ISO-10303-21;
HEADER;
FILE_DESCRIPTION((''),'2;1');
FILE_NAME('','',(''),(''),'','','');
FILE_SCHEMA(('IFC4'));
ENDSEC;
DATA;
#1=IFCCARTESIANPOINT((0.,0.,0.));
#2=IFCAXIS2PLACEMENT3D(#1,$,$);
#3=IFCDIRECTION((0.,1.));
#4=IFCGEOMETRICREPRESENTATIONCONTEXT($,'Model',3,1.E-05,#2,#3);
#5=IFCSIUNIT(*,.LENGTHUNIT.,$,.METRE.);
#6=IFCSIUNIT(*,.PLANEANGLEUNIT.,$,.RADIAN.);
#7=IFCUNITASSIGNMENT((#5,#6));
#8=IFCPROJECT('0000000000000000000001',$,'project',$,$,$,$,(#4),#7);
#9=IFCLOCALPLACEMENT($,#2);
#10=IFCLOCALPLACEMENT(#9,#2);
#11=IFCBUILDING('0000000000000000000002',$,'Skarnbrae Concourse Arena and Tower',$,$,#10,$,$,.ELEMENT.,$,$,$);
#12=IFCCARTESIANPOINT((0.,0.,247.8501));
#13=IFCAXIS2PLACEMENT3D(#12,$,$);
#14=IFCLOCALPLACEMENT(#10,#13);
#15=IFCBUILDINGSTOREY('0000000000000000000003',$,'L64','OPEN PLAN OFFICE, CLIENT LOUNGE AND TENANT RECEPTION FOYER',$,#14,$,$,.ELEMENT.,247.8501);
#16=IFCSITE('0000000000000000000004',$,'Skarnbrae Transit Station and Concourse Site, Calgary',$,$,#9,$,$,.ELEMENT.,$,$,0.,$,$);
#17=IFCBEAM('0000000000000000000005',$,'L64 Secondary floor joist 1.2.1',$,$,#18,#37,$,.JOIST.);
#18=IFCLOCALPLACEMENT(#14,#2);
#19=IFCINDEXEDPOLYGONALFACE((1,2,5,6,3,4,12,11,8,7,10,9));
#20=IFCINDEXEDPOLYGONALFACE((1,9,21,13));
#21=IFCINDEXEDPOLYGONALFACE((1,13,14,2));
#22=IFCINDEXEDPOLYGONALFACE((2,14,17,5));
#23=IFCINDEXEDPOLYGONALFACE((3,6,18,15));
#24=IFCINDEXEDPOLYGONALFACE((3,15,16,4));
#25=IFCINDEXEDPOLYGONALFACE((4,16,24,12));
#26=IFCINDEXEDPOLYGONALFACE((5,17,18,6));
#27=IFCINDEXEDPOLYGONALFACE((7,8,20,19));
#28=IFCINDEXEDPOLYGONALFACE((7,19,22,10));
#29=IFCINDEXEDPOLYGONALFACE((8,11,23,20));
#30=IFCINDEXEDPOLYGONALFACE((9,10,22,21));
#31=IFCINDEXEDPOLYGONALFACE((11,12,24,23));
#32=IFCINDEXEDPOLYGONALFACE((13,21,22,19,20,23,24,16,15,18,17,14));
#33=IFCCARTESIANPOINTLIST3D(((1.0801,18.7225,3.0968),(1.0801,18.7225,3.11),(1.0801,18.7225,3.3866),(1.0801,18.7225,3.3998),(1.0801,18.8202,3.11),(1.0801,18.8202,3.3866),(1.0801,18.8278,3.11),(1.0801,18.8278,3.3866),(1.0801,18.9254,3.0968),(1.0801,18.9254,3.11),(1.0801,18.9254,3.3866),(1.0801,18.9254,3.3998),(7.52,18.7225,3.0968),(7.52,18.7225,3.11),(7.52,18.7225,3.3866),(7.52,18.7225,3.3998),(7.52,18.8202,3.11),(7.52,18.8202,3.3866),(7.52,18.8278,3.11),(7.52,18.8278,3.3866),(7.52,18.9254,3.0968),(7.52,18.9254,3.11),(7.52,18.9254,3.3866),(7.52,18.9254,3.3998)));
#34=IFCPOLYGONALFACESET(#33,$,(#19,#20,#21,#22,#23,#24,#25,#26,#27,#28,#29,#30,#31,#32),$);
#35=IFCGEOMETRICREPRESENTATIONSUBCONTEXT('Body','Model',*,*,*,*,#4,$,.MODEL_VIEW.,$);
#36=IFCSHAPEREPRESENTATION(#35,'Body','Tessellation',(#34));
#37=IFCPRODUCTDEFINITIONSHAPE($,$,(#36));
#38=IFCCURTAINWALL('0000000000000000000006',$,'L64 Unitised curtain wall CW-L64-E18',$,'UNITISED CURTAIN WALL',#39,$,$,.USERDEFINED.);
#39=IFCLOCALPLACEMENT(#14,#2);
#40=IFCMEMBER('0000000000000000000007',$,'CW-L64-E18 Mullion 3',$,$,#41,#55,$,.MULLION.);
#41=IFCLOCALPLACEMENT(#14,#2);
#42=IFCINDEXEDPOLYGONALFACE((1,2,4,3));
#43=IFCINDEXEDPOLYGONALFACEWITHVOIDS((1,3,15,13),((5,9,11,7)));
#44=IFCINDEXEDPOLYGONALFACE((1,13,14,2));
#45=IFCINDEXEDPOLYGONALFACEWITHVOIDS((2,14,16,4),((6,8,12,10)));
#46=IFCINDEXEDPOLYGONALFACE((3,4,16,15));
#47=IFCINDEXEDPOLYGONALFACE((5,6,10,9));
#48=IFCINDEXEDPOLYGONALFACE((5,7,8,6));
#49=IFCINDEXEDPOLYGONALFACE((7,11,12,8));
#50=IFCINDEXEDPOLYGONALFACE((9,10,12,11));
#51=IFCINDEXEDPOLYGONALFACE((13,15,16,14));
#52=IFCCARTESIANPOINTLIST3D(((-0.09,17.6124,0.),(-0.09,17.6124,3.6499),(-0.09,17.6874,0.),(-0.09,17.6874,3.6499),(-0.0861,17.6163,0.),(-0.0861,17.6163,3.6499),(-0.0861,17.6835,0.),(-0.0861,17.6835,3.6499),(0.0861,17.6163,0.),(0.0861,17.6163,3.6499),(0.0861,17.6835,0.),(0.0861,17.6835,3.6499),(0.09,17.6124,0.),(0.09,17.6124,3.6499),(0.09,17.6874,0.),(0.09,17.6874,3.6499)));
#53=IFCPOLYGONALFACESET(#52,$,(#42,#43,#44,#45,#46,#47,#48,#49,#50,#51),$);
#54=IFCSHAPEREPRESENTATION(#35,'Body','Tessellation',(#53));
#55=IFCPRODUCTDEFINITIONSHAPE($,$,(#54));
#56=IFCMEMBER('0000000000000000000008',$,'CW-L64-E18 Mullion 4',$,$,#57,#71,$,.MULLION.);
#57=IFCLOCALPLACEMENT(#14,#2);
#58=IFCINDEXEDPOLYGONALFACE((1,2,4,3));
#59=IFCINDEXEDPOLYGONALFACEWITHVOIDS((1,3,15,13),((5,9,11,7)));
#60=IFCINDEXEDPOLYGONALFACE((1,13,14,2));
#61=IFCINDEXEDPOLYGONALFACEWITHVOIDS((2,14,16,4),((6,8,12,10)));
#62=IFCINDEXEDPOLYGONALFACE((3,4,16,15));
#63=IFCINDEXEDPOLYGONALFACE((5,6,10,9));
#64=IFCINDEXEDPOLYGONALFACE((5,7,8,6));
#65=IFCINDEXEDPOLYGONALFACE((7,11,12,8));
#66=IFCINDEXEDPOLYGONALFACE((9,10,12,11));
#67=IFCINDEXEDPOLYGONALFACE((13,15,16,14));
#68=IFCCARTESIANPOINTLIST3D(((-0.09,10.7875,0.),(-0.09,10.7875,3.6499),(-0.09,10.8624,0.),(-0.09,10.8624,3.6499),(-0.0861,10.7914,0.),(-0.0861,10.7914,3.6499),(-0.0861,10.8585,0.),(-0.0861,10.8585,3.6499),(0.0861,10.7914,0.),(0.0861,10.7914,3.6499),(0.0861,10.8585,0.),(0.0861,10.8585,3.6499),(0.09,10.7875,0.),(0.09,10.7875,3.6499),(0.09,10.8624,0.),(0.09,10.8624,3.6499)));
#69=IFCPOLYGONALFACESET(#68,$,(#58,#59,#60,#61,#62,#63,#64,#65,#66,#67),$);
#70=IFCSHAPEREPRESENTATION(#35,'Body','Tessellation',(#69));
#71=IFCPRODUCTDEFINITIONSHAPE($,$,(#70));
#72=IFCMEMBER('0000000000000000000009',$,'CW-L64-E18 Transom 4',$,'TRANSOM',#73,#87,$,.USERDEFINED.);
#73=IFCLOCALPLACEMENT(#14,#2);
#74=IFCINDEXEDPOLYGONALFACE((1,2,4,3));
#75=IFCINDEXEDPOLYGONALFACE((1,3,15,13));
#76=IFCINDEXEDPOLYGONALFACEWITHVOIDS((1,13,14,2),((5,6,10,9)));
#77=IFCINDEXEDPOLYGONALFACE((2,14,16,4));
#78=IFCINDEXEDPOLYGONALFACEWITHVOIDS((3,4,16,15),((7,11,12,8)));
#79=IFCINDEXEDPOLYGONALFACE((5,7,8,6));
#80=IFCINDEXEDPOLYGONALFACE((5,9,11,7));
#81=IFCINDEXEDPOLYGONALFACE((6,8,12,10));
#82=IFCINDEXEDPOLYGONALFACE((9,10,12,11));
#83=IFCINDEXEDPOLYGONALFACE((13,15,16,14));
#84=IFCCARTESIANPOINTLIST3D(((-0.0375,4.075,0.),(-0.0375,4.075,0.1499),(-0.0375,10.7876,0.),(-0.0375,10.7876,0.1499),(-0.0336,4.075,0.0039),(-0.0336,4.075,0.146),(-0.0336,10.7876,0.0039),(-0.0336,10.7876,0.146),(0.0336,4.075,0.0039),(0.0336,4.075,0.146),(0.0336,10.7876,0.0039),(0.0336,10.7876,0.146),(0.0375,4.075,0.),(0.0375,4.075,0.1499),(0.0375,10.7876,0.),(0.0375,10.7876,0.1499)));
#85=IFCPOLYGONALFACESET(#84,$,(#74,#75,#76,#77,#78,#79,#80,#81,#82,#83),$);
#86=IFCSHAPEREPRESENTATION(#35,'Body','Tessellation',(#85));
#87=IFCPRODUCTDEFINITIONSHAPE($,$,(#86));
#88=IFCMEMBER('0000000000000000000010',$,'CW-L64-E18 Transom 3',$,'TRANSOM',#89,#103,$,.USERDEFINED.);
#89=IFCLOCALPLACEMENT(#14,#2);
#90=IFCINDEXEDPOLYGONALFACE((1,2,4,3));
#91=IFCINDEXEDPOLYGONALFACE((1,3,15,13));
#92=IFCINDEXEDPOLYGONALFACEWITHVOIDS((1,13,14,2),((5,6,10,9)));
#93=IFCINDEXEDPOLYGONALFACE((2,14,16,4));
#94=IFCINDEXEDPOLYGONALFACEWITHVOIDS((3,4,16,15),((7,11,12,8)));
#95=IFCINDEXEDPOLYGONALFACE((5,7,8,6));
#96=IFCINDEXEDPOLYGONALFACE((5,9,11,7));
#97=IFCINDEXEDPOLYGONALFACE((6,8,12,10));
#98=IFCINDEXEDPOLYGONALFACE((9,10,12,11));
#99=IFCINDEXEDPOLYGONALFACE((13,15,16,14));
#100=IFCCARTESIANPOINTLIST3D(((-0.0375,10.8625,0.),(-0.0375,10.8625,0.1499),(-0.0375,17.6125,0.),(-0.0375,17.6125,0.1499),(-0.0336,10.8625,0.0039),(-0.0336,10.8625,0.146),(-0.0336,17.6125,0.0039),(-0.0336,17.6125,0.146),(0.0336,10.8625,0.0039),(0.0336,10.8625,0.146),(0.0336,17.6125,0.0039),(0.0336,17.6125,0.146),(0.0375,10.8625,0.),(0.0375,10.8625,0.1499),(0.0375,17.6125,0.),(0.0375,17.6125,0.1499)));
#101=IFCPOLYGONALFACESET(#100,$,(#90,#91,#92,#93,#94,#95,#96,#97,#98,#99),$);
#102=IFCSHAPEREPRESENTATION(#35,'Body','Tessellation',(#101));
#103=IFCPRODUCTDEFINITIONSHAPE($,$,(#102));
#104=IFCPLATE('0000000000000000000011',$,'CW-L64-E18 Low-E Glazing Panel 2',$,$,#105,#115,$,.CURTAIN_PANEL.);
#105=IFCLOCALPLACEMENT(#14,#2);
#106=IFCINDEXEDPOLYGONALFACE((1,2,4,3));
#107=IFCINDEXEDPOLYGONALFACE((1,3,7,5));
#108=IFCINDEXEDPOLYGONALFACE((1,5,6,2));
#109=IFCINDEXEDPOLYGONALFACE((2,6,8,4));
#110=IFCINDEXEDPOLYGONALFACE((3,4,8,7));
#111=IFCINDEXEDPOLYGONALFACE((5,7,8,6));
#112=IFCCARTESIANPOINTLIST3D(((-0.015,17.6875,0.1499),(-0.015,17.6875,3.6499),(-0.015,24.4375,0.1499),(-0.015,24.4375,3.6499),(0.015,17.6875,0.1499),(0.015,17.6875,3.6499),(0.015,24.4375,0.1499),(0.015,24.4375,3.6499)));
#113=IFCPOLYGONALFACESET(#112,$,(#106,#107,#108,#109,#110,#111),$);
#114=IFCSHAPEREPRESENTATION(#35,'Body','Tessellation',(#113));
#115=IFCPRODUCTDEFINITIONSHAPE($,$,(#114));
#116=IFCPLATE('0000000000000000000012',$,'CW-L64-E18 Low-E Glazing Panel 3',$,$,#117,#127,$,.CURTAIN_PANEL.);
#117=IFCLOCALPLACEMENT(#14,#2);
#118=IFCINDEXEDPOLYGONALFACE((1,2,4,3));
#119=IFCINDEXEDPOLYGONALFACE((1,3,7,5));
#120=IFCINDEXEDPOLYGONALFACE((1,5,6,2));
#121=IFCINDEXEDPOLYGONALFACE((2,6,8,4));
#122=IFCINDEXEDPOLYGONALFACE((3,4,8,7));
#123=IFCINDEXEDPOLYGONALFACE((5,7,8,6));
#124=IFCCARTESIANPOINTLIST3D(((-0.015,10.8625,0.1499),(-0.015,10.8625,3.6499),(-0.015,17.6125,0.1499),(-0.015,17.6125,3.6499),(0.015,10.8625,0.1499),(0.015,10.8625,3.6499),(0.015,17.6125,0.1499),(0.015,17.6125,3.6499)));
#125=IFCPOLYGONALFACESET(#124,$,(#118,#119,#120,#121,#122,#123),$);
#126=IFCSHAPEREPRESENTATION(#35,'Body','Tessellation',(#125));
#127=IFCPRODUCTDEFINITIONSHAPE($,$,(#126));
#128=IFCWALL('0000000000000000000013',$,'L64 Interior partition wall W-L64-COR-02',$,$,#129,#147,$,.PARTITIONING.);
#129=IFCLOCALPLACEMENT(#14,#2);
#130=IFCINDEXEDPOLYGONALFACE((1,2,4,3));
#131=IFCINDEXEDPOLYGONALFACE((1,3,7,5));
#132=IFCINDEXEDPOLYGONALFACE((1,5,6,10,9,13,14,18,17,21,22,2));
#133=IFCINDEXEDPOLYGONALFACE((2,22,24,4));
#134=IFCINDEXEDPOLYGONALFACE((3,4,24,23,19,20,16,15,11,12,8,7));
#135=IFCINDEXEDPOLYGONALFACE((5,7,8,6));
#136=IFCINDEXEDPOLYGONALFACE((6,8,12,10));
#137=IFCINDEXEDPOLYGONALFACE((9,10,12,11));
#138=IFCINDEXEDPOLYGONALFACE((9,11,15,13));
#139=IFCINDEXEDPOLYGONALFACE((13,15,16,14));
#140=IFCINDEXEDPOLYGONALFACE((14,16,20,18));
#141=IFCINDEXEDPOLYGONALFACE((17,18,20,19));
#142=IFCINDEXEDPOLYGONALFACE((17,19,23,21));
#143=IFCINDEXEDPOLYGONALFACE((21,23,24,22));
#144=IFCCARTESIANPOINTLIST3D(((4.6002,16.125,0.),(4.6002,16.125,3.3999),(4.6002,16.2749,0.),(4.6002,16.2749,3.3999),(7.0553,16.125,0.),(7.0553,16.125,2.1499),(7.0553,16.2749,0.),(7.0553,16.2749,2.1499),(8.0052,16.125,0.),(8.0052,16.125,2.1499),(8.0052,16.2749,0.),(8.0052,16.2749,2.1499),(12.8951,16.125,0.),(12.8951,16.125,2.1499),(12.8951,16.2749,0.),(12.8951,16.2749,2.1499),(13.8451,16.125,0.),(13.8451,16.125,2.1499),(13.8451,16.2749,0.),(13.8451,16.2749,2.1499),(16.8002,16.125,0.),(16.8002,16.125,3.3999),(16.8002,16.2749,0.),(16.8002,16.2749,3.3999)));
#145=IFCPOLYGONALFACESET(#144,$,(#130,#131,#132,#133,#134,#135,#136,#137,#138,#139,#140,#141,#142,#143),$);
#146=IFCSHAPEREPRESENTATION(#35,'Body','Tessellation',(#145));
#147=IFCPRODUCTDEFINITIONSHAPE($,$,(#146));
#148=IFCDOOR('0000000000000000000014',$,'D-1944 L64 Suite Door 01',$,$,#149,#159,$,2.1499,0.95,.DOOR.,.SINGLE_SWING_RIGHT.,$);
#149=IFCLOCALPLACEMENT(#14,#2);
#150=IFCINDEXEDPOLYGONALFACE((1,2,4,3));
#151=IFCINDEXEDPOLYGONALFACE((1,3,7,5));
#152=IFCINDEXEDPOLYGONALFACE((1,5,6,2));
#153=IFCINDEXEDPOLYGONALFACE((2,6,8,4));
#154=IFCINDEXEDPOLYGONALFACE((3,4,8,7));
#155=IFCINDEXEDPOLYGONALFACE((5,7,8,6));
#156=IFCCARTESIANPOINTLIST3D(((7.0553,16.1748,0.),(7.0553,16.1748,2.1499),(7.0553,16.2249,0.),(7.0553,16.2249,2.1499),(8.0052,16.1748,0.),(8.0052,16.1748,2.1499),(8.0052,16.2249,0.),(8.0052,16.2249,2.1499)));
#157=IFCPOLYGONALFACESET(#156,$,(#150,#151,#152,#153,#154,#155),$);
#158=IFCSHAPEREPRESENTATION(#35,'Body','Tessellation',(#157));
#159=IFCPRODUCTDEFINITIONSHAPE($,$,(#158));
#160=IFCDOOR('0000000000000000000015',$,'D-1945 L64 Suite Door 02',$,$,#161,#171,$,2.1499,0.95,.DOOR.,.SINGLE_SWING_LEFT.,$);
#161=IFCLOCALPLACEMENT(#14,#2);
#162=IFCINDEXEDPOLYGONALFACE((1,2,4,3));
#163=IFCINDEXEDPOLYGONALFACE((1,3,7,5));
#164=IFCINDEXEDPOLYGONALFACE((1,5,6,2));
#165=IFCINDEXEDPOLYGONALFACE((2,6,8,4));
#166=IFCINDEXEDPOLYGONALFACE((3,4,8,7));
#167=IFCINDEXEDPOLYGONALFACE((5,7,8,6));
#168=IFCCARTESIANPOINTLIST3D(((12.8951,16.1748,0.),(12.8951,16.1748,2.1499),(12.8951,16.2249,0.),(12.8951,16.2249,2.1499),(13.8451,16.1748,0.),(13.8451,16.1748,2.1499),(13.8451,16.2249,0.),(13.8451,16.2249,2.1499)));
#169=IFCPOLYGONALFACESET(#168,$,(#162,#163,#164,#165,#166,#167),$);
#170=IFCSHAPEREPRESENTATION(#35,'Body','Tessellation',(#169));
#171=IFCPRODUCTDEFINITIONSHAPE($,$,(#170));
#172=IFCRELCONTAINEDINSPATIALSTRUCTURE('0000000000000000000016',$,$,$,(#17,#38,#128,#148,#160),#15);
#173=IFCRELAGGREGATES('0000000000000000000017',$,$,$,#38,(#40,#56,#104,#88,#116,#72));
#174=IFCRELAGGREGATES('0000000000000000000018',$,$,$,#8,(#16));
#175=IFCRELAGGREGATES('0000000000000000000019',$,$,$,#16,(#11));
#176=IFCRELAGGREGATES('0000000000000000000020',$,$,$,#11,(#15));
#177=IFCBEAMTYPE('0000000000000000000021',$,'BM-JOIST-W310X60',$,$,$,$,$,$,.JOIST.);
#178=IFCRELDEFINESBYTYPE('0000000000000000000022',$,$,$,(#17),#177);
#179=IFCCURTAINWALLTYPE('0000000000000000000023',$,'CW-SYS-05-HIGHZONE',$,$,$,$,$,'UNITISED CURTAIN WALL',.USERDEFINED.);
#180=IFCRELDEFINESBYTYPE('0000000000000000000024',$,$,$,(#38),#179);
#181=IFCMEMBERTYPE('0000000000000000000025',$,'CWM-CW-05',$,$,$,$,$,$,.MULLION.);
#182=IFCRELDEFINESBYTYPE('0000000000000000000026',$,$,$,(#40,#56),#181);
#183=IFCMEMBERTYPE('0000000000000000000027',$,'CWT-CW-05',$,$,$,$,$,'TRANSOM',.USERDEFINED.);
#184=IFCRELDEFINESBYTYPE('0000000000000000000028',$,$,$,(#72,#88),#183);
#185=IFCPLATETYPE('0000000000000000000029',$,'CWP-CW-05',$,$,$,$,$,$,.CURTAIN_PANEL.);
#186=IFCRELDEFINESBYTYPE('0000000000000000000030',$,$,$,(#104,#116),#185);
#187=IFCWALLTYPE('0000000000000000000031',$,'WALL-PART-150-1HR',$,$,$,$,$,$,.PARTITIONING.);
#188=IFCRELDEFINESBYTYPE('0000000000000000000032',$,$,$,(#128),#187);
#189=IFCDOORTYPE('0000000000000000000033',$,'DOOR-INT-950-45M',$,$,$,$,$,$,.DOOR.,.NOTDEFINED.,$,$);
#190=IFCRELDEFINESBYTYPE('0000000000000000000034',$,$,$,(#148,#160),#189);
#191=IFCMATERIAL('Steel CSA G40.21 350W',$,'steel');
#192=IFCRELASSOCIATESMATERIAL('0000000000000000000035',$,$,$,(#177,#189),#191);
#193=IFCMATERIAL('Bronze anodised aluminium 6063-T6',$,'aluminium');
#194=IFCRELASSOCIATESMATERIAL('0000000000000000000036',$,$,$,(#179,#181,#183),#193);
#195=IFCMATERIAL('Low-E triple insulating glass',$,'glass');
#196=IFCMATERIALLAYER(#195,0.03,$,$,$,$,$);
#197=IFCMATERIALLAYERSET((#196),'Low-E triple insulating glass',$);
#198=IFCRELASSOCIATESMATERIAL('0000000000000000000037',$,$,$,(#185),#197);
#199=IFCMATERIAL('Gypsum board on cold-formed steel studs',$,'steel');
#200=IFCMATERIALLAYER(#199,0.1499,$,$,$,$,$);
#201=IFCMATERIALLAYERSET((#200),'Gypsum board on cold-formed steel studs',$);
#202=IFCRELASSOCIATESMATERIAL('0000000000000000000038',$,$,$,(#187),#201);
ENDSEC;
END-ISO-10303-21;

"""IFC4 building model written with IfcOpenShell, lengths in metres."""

from ifc_helpers import new_model, si_unit, direction, frame, frame_2d, origin, origin_2d, place, context, subcontext, project, spatial, rectangle, hollow_rectangle, i_section, extrude, source, transform, mapped, material, layer, layer_set, material_profile, profile_set, type_object, element, fill, aggregate, save


model = new_model("IFC4")

# Units and contexts
model_context = context("Model", 3, precision=1e-05, world=origin(), true_north=direction((0.0, 1.0)))
body_context = subcontext(model_context, "Body", "Model", "MODEL_VIEW")
ifc_project = project(units=[si_unit("LENGTHUNIT", "METRE"), si_unit("PLANEANGLEUNIT", "RADIAN")], contexts=[model_context])

# Site, building, storey
site_placement = place(None, origin())
site = spatial("IfcSite", under=ifc_project, at=site_placement, Name="Skarnbrae Transit Station and Concourse Site, Calgary", CompositionType="ELEMENT", RefElevation=0.0)
building_placement = place(site_placement, origin())
building = spatial("IfcBuilding", under=site, at=building_placement, Name="Skarnbrae Concourse Arena and Tower", CompositionType="ELEMENT")
storey_placement = place(building_placement, frame((0.0, 0.0, 247.8501)))
storey = spatial("IfcBuildingStorey", under=building, at=storey_placement, Name="L64", Description="OPEN PLAN OFFICE, CLIENT LOUNGE AND TENANT RECEPTION FOYER", CompositionType="ELEMENT", Elevation=247.8501)

# Shared definitions
ifc_material_1 = material(Name="Steel CSA G40.21 350W", Category="steel")

# Beam
ifc_material_profile_1 = material_profile(ifc_material_1, i_section(OverallWidth=0.2029, OverallDepth=0.303, WebThickness=0.0076, FlangeThickness=0.0132, at=origin_2d()), Name="W310X60")
ifc_profile_set_1 = profile_set([ifc_material_profile_1], Name="Steel CSA G40.21 350W")
beam_type_1 = type_object("IfcBeamType", Name="BM-JOIST-W310X60", PredefinedType="JOIST", material=ifc_profile_set_1)
shared_shape_1 = source(origin(), body_context, "Body", "SweptSolid", [
    extrude(i_section(OverallWidth=0.2029, OverallDepth=0.303, WebThickness=0.0076, FlangeThickness=0.0132, at=origin_2d()), origin(), (0.0, 0.0, 1.0), 6.4399),
])
for number, where, z_axis, x_axis, name in (
    (1, (1.0801, 18.824, 3.2483), (1.0, 0.0, 0.0), (0.0, 1.0, 0.0), "L64 Secondary floor joist 1.2.1"),
):
    element("IfcBeam", number, at=place(storey_placement, frame(where, z_axis=z_axis, x_axis=x_axis)), inside=storey, type_object=beam_type_1, Name=name, PredefinedType="JOIST", context=body_context, shape_type="MappedRepresentation", body=[
        mapped(shared_shape_1, transform((0.0, 0.0, 0.0))),
    ])

# Curtain wall, members, plates
ifc_material_2 = material(Name="Bronze anodised aluminium 6063-T6", Category="aluminium")
curtain_wall_type = type_object("IfcCurtainWallType", Name="CW-SYS-05-HIGHZONE", ElementType="UNITISED CURTAIN WALL", PredefinedType="USERDEFINED", material=ifc_material_2)
curtain_wall_placement = place(storey_placement, origin())
curtain_wall = element("IfcCurtainWall", 2, at=curtain_wall_placement, inside=storey, type_object=curtain_wall_type, Name="L64 Unitised curtain wall CW-L64-E18", ObjectType="UNITISED CURTAIN WALL", PredefinedType="USERDEFINED")
ifc_material_profile_2 = material_profile(ifc_material_2, hollow_rectangle(XDim=0.075, YDim=0.1799, WallThickness=0.0039, at=origin_2d()), Name="ALU-MULL-75X180")
ifc_profile_set_2 = profile_set([ifc_material_profile_2], Name="Bronze anodised aluminium 6063-T6")
member_type_1 = type_object("IfcMemberType", Name="CWM-CW-05", PredefinedType="MULLION", material=ifc_profile_set_2)
shared_shape_2 = source(origin(), body_context, "Body", "SweptSolid", [
    extrude(hollow_rectangle(XDim=0.075, YDim=0.1799, WallThickness=0.0039, at=origin_2d()), origin(), (0.0, 0.0, 1.0), 3.6499),
])
member_1_placement = place(storey_placement, frame((0.0, 17.6499, 0.0), z_axis=(0.0, 0.0, 1.0), x_axis=(0.0, -1.0, 0.0)))
member_1 = element("IfcMember", 3, at=member_1_placement, type_object=member_type_1, Name="CW-L64-E18 Mullion 3", PredefinedType="MULLION", context=body_context, shape_type="MappedRepresentation", body=[
    mapped(shared_shape_2, transform((0.0, 0.0, 0.0))),
])
member_2_placement = place(storey_placement, frame((0.0, 10.825, 0.0), z_axis=(0.0, 0.0, 1.0), x_axis=(0.0, -1.0, 0.0)))
member_2 = element("IfcMember", 4, at=member_2_placement, type_object=member_type_1, Name="CW-L64-E18 Mullion 4", PredefinedType="MULLION", context=body_context, shape_type="MappedRepresentation", body=[
    mapped(shared_shape_2, transform((0.0, 0.0, 0.0))),
])
ifc_material_profile_3 = material_profile(ifc_material_2, hollow_rectangle(XDim=0.075, YDim=0.1499, WallThickness=0.0039, at=origin_2d()), Name="ALU-TRAN-75X150")
ifc_profile_set_3 = profile_set([ifc_material_profile_3], Name="Bronze anodised aluminium 6063-T6")
member_type_2 = type_object("IfcMemberType", Name="CWT-CW-05", ElementType="TRANSOM", PredefinedType="USERDEFINED", material=ifc_profile_set_3)
shared_shape_3 = source(origin(), body_context, "Body", "SweptSolid", [
    extrude(hollow_rectangle(XDim=0.075, YDim=0.1499, WallThickness=0.0039, at=origin_2d()), origin(), (0.0, 0.0, 1.0), 6.7126),
])
member_3_placement = place(storey_placement, frame((0.0, 10.7876, 0.075), z_axis=(0.0, -1.0, 0.0), x_axis=(1.0, 0.0, 0.0)))
member_3 = element("IfcMember", 5, at=member_3_placement, type_object=member_type_2, Name="CW-L64-E18 Transom 4", ObjectType="TRANSOM", PredefinedType="USERDEFINED", context=body_context, shape_type="MappedRepresentation", body=[
    mapped(shared_shape_3, transform((0.0, 0.0, 0.0))),
])
shared_shape_4 = source(origin(), body_context, "Body", "SweptSolid", [
    extrude(hollow_rectangle(XDim=0.075, YDim=0.1499, WallThickness=0.0039, at=origin_2d()), origin(), (0.0, 0.0, 1.0), 6.75),
])
member_4_placement = place(storey_placement, frame((0.0, 17.6125, 0.075), z_axis=(0.0, -1.0, 0.0), x_axis=(1.0, 0.0, 0.0)))
member_4 = element("IfcMember", 6, at=member_4_placement, type_object=member_type_2, Name="CW-L64-E18 Transom 3", ObjectType="TRANSOM", PredefinedType="USERDEFINED", context=body_context, shape_type="MappedRepresentation", body=[
    mapped(shared_shape_4, transform((0.0, 0.0, 0.0))),
])
ifc_material_3 = material(Name="Low-E triple insulating glass", Category="glass")
ifc_layer_1 = layer(ifc_material_3, 0.03)
ifc_layer_set_1 = layer_set([ifc_layer_1], Name="Low-E triple insulating glass")
plate_type = type_object("IfcPlateType", Name="CWP-CW-05", PredefinedType="CURTAIN_PANEL", material=ifc_layer_set_1)
shared_shape_5 = source(origin(), body_context, "Body", "SweptSolid", [
    extrude(rectangle(XDim=6.75, YDim=0.03, at=origin_2d()), origin(), (0.0, 0.0, 1.0), 3.5),
])
plate_1_placement = place(storey_placement, frame((0.0, 21.0625, 0.1499), z_axis=(0.0, 0.0, 1.0), x_axis=(0.0, -1.0, 0.0)))
plate_1 = element("IfcPlate", 7, at=plate_1_placement, type_object=plate_type, Name="CW-L64-E18 Low-E Glazing Panel 2", PredefinedType="CURTAIN_PANEL", context=body_context, shape_type="MappedRepresentation", body=[
    mapped(shared_shape_5, transform((0.0, 0.0, 0.0))),
])
plate_2_placement = place(storey_placement, frame((0.0, 14.2375, 0.1499), z_axis=(0.0, 0.0, 1.0), x_axis=(0.0, -1.0, 0.0)))
plate_2 = element("IfcPlate", 8, at=plate_2_placement, type_object=plate_type, Name="CW-L64-E18 Low-E Glazing Panel 3", PredefinedType="CURTAIN_PANEL", context=body_context, shape_type="MappedRepresentation", body=[
    mapped(shared_shape_5, transform((0.0, 0.0, 0.0))),
])
aggregate(curtain_wall, [member_1, member_2, plate_1, member_4, plate_2, member_3])

# Wall, openings, doors
ifc_material_4 = material(Name="Gypsum board on cold-formed steel studs", Category="steel")
ifc_layer_2 = layer(ifc_material_4, 0.1499)
ifc_layer_set_2 = layer_set([ifc_layer_2], Name="Gypsum board on cold-formed steel studs")
wall_type_1 = type_object("IfcWallType", Name="WALL-PART-150-1HR", PredefinedType="PARTITIONING", material=ifc_layer_set_2)
shared_shape_6 = source(origin(), body_context, "Body", "SweptSolid", [
    extrude(rectangle(XDim=12.2, YDim=0.1499, at=frame_2d((6.1001, 0.0))), origin(), (0.0, 0.0, 1.0), 3.3999),
])
wall_1_placement = place(storey_placement, frame((4.6001, 16.2, 0.0), z_axis=(0.0, 0.0, 1.0), x_axis=(1.0, 0.0, 0.0)))
wall_1 = element("IfcWall", 9, at=wall_1_placement, inside=storey, type_object=wall_type_1, Name="L64 Interior partition wall W-L64-COR-02", PredefinedType="PARTITIONING", context=body_context, shape_type="MappedRepresentation", body=[
    mapped(shared_shape_6, transform((0.0, 0.0, 0.0))),
])
opening_1_placement = place(wall_1_placement, frame((2.4551, 0.0, 0.0)))
opening_1 = element("IfcOpeningElement", 10, at=opening_1_placement, cuts=wall_1, PredefinedType="OPENING", context=body_context, shape_type="SweptSolid", body=[
    extrude(rectangle(XDim=0.95, YDim=2.1499, at=frame_2d((0.4751, 1.075))), frame((0.0, 0.085, 0.0), z_axis=(0.0, -1.0, 0.0), x_axis=(1.0, 0.0, 0.0)), (0.0, 0.0, 1.0), 0.1699),
])
opening_2_placement = place(wall_1_placement, frame((8.2949, 0.0, 0.0)))
opening_2 = element("IfcOpeningElement", 11, at=opening_2_placement, cuts=wall_1, PredefinedType="OPENING", context=body_context, shape_type="SweptSolid", body=[
    extrude(rectangle(XDim=0.95, YDim=2.1499, at=frame_2d((0.4751, 1.075))), frame((0.0, 0.085, 0.0), z_axis=(0.0, -1.0, 0.0), x_axis=(1.0, 0.0, 0.0)), (0.0, 0.0, 1.0), 0.1699),
])
door_type_1 = type_object("IfcDoorType", Name="DOOR-INT-950-45M", OperationType="NOTDEFINED", PredefinedType="DOOR", material=ifc_material_1)
shared_shape_7 = source(origin(), body_context, "Body", "SweptSolid", [
    extrude(rectangle(XDim=0.95, YDim=2.1499, at=frame_2d((0.4751, 1.075))), frame((0.0, 0.0249, 0.0), z_axis=(0.0, -1.0, 0.0), x_axis=(1.0, 0.0, 0.0)), (0.0, 0.0, 1.0), 0.05),
])
door_1_placement = place(opening_1_placement, origin())
door_1 = element("IfcDoor", 12, at=door_1_placement, inside=storey, type_object=door_type_1, Name="D-1944 L64 Suite Door 01", OperationType="SINGLE_SWING_RIGHT", OverallHeight=2.1499, OverallWidth=0.95, PredefinedType="DOOR", context=body_context, shape_type="MappedRepresentation", body=[
    mapped(shared_shape_7, transform((0.0, 0.0, 0.0))),
])
fill(opening_1, door_1)
door_2_placement = place(opening_2_placement, origin())
door_2 = element("IfcDoor", 13, at=door_2_placement, inside=storey, type_object=door_type_1, Name="D-1945 L64 Suite Door 02", OperationType="SINGLE_SWING_LEFT", OverallHeight=2.1499, OverallWidth=0.95, PredefinedType="DOOR", context=body_context, shape_type="MappedRepresentation", body=[
    mapped(shared_shape_7, transform((0.0, 0.0, 0.0))),
])
fill(opening_2, door_2)

save(model, "model.ifc")
